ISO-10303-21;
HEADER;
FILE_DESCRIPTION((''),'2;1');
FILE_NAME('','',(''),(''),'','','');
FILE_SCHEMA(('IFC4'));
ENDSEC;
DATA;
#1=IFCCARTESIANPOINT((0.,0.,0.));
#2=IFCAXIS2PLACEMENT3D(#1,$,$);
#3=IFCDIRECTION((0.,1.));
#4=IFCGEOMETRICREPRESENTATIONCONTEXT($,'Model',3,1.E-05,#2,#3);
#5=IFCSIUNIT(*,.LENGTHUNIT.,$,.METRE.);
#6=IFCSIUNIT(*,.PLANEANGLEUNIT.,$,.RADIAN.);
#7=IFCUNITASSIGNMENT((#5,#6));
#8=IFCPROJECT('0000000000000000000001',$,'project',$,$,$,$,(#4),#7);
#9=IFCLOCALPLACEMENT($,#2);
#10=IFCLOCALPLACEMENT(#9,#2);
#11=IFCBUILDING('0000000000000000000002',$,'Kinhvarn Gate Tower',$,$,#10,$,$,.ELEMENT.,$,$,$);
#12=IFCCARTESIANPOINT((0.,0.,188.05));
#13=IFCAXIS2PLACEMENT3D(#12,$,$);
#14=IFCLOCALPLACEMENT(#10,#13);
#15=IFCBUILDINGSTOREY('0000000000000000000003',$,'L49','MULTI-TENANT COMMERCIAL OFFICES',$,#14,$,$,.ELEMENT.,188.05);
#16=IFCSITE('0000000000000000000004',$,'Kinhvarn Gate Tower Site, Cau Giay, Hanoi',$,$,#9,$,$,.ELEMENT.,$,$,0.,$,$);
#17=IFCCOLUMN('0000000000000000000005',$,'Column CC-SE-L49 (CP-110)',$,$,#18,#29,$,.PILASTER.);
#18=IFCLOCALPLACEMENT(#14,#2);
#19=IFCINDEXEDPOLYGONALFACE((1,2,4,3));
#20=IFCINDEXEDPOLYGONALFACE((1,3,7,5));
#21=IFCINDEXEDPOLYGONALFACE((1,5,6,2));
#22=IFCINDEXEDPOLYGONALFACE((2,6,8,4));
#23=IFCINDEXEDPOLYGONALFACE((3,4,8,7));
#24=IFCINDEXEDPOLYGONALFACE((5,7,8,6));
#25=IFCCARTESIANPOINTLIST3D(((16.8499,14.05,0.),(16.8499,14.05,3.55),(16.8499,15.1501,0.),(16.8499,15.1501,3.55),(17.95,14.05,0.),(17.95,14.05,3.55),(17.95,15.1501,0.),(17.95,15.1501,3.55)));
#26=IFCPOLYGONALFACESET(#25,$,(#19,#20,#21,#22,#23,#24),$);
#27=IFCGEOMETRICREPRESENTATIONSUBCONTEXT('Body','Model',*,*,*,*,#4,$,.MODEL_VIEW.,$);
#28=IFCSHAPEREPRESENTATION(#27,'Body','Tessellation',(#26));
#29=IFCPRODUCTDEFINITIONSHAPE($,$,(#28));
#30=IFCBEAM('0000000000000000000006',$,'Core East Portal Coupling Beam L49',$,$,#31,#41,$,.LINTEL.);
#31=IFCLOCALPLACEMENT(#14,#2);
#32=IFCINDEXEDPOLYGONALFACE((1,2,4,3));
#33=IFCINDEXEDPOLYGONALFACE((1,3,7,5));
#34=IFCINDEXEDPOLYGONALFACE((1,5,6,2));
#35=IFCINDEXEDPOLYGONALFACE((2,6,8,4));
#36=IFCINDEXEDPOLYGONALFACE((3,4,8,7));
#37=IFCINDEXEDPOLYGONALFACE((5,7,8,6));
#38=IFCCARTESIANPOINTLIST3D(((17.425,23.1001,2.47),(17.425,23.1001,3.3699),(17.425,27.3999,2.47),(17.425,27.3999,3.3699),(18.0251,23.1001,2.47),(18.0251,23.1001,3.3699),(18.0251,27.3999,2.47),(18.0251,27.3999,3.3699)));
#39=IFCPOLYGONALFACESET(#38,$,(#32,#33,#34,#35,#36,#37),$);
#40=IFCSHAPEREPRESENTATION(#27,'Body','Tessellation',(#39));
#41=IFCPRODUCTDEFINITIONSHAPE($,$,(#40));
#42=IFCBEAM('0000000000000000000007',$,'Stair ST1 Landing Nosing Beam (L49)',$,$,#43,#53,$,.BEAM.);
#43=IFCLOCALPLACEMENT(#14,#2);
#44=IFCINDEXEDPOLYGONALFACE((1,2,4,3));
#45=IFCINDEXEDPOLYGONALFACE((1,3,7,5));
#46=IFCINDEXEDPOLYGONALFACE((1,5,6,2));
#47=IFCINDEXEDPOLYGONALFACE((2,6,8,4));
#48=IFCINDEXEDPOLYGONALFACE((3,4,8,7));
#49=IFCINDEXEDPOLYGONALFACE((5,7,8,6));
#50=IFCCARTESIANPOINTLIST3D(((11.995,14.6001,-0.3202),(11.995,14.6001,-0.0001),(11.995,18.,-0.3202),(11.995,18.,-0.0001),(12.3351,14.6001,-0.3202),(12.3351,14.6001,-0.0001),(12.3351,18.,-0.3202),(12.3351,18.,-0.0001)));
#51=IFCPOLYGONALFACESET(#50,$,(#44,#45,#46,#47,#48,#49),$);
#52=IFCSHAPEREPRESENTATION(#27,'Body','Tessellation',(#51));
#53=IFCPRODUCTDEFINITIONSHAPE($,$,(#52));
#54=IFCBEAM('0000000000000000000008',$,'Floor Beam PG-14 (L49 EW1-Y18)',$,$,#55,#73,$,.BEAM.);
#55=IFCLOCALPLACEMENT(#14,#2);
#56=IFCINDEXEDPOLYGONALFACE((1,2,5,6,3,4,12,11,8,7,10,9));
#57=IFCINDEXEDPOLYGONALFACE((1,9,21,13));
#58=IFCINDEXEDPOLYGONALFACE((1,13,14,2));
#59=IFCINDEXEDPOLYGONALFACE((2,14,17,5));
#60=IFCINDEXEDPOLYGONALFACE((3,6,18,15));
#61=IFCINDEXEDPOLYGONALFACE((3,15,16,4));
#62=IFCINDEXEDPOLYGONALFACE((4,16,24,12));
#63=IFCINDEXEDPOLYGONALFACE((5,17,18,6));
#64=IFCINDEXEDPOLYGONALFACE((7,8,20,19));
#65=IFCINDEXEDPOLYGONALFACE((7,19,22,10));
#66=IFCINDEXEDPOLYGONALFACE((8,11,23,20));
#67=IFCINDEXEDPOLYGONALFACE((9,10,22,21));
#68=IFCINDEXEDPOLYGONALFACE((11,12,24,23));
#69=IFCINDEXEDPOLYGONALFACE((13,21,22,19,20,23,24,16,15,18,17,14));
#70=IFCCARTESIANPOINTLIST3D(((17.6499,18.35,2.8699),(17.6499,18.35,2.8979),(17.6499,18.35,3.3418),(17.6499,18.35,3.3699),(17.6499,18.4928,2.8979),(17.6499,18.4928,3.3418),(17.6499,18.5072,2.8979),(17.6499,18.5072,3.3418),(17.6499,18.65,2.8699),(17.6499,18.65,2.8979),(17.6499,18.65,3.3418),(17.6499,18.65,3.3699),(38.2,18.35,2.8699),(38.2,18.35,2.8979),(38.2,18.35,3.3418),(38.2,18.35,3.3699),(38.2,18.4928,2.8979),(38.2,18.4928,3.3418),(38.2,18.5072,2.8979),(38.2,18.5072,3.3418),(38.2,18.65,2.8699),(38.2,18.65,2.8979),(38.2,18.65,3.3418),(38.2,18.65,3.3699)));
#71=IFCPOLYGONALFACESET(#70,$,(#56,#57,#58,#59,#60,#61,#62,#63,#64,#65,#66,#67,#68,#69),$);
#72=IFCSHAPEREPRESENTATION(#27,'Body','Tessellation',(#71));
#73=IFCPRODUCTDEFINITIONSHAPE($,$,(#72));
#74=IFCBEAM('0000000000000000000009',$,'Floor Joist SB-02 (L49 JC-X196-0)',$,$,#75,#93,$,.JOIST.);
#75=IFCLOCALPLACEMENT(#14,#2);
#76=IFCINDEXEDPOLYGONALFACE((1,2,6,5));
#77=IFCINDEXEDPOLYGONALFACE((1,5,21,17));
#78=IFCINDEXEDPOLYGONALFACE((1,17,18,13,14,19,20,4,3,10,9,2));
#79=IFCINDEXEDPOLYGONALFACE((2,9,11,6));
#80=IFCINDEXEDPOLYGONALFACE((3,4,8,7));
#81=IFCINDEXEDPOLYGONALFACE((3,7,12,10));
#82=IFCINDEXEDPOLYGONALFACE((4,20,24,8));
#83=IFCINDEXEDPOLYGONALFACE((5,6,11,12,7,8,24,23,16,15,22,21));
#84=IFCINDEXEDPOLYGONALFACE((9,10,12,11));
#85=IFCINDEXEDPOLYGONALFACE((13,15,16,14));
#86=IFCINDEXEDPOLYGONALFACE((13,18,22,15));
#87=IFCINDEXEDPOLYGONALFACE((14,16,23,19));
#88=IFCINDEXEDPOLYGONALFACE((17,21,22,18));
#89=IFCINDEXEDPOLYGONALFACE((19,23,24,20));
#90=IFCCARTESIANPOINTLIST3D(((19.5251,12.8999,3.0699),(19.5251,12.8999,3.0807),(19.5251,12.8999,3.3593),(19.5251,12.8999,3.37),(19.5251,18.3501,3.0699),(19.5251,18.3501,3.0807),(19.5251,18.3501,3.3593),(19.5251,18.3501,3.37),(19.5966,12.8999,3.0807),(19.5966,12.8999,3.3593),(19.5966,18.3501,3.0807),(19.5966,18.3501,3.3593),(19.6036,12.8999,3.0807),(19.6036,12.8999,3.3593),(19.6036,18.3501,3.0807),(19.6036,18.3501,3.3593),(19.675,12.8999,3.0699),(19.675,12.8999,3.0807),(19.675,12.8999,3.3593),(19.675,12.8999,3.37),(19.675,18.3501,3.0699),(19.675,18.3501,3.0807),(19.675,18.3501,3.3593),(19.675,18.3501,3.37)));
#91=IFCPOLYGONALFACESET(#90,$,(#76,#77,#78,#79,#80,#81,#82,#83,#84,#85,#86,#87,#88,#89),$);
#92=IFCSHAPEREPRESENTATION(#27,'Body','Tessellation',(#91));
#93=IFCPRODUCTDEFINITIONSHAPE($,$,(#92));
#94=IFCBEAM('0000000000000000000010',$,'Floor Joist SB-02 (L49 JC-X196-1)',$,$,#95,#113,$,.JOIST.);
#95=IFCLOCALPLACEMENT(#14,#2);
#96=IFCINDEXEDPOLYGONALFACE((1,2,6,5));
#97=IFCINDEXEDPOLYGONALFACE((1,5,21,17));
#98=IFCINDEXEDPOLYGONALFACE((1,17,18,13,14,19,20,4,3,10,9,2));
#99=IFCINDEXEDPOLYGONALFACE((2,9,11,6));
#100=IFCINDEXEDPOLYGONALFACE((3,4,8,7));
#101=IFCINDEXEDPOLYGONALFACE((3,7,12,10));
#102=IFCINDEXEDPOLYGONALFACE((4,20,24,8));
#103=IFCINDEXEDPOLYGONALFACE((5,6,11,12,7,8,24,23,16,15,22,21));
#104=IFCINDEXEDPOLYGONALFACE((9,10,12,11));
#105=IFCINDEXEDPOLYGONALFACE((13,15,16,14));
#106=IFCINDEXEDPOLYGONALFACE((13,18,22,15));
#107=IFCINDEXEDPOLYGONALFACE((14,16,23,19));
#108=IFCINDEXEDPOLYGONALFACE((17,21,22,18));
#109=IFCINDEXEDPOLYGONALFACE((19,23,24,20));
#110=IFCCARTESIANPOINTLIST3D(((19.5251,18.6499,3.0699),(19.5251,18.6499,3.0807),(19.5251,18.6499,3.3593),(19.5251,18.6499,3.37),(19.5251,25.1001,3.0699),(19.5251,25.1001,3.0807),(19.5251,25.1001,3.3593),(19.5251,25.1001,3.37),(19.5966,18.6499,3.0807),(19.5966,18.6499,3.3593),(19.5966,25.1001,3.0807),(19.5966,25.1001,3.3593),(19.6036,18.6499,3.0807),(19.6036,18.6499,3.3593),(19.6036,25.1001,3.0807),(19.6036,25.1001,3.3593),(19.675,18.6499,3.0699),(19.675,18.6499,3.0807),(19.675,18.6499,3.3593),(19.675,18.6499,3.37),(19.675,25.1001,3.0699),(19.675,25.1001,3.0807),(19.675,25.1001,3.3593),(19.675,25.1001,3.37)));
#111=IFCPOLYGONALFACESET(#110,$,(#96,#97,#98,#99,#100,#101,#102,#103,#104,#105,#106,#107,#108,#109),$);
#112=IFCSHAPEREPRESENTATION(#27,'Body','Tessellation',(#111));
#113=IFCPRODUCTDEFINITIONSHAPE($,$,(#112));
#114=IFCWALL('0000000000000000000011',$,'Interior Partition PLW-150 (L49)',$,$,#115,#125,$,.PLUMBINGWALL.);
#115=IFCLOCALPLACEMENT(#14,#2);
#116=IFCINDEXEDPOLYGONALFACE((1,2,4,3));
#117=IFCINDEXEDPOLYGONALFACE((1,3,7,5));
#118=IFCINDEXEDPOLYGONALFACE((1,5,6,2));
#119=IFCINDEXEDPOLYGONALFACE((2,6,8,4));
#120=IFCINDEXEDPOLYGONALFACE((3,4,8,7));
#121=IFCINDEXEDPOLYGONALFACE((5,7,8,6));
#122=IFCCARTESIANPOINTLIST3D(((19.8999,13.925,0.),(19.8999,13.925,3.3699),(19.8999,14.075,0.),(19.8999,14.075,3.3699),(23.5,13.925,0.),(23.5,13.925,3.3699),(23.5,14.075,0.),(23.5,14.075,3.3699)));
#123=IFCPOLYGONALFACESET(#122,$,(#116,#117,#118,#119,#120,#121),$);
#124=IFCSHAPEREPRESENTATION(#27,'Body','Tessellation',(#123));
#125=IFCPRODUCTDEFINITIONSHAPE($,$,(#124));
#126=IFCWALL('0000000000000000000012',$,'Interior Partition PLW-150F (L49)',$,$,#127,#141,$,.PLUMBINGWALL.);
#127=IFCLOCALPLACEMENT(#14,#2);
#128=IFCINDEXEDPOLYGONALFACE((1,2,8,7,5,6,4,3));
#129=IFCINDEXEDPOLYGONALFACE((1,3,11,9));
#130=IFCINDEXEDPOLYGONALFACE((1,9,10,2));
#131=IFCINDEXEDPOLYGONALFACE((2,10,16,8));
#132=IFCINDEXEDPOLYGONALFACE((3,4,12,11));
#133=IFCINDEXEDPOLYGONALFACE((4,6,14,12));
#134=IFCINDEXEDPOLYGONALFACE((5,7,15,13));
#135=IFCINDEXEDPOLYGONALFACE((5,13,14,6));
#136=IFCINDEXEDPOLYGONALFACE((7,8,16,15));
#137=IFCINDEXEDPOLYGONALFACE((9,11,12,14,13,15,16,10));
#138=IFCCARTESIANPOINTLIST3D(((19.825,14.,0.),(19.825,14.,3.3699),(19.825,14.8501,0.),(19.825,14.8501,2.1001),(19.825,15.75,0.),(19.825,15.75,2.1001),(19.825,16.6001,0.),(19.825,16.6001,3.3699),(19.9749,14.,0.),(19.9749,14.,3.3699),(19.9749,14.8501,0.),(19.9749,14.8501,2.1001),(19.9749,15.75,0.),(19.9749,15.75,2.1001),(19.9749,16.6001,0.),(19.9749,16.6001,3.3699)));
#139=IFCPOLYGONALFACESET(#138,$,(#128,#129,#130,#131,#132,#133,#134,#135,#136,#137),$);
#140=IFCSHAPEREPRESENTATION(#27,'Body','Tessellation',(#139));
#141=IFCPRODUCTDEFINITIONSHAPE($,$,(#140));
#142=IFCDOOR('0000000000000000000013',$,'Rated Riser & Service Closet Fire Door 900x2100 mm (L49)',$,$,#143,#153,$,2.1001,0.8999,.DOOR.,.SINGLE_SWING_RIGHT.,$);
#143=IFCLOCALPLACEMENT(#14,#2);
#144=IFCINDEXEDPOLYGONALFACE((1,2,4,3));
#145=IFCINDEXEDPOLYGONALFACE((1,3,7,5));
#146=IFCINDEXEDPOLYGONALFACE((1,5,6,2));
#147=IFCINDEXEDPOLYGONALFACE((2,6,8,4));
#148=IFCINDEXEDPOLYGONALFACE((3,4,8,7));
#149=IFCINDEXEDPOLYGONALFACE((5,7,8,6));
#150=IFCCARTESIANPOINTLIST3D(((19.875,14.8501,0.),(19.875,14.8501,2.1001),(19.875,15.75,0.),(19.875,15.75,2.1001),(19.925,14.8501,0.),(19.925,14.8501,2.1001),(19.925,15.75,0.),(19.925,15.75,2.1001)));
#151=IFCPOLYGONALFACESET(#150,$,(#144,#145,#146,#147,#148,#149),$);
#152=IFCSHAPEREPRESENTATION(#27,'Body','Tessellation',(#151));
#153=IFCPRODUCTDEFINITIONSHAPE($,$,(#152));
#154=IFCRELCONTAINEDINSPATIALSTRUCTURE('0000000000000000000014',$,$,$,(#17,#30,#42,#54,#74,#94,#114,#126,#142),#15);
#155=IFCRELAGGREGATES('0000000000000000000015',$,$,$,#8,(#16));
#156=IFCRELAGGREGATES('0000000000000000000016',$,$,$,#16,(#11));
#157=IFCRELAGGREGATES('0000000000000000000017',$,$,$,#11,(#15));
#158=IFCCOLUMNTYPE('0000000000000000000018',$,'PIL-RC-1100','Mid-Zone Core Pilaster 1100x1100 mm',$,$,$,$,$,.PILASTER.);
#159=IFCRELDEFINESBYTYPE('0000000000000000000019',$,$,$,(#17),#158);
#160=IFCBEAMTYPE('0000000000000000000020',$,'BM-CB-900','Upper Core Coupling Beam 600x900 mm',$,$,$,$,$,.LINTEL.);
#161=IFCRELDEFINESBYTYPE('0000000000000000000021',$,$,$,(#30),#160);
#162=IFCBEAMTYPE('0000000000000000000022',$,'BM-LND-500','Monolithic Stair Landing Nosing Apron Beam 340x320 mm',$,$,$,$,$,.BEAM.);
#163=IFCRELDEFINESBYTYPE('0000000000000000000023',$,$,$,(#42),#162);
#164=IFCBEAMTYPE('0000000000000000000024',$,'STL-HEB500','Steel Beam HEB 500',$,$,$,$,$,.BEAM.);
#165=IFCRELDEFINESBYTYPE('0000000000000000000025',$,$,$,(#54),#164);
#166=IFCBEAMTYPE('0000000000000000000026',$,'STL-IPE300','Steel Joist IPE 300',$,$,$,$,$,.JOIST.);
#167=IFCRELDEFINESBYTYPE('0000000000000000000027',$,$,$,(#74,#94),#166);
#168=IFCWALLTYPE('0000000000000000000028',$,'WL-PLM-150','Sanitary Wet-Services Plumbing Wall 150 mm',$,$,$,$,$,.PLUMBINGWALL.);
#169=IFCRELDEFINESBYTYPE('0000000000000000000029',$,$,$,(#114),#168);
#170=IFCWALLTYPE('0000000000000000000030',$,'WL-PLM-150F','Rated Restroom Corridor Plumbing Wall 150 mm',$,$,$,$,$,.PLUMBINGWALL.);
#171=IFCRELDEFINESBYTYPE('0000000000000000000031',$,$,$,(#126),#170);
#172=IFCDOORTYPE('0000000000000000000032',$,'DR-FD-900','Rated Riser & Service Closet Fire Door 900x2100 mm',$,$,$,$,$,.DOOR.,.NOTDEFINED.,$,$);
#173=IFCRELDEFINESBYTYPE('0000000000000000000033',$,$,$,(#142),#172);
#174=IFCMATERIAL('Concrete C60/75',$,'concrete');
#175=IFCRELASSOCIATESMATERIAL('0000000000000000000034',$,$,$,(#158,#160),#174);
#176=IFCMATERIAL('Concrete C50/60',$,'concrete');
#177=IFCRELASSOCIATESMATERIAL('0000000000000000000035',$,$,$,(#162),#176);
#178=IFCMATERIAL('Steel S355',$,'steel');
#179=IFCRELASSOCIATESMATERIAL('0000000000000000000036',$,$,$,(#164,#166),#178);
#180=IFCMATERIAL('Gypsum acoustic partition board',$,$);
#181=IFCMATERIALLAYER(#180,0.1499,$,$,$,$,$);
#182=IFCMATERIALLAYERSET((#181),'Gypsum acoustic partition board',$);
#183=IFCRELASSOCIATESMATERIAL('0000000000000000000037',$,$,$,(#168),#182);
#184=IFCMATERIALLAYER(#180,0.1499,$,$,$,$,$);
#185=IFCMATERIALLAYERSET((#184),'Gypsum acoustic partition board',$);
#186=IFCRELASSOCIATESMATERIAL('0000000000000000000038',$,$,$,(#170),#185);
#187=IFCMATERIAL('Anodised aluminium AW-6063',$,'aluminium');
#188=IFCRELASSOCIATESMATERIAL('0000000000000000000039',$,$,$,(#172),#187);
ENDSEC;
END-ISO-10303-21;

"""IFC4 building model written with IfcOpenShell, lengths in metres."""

from ifc_helpers import new_model, si_unit, direction, frame, frame_2d, origin, origin_2d, place, context, subcontext, project, spatial, rectangle, i_section, extrude, material, layer, layer_set, material_profile, profile_set, type_object, element, fill, save


model = new_model("IFC4")

# Units and contexts
model_context = context("Model", 3, precision=1e-05, world=origin(), true_north=direction((0.0, 1.0)))
body_context = subcontext(model_context, "Body", "Model", "MODEL_VIEW")
ifc_project = project(units=[si_unit("LENGTHUNIT", "METRE"), si_unit("PLANEANGLEUNIT", "RADIAN")], contexts=[model_context])

# Site, building, storey
site_placement = place(None, origin())
site = spatial("IfcSite", under=ifc_project, at=site_placement, Name="Kinhvarn Gate Tower Site, Cau Giay, Hanoi", CompositionType="ELEMENT", RefElevation=0.0)
building_placement = place(site_placement, origin())
building = spatial("IfcBuilding", under=site, at=building_placement, Name="Kinhvarn Gate Tower", CompositionType="ELEMENT")
storey_placement = place(building_placement, frame((0.0, 0.0, 188.05)))
storey = spatial("IfcBuildingStorey", under=building, at=storey_placement, Name="L49", Description="MULTI-TENANT COMMERCIAL OFFICES", CompositionType="ELEMENT", Elevation=188.05)

# Column
ifc_material_1 = material(Name="Concrete C60/75", Category="concrete")
ifc_material_profile_1 = material_profile(ifc_material_1, rectangle(XDim=1.1001, YDim=1.1001, at=origin_2d()), Name="RC 1100x1100")
ifc_profile_set_1 = profile_set([ifc_material_profile_1], Name="Concrete C60/75")
column_type = type_object("IfcColumnType", Name="PIL-RC-1100", Description="Mid-Zone Core Pilaster 1100x1100 mm", PredefinedType="PILASTER", material=ifc_profile_set_1)
column_placement = place(storey_placement, frame((17.3999, 14.6001, 0.0), z_axis=(0.0, 0.0, 1.0), x_axis=(1.0, 0.0, 0.0)))
element("IfcColumn", 1, at=column_placement, inside=storey, type_object=column_type, Name="Column CC-SE-L49 (CP-110)", PredefinedType="PILASTER", context=body_context, shape_type="SweptSolid", body=[
    extrude(rectangle(XDim=1.1001, YDim=1.1001, at=origin_2d()), origin(), (0.0, 0.0, 1.0), 3.55),
])

# Beams
ifc_material_profile_2 = material_profile(ifc_material_1, rectangle(XDim=0.6001, YDim=0.8999, at=origin_2d()), Name="RC 600x900")
ifc_profile_set_2 = profile_set([ifc_material_profile_2], Name="Concrete C60/75")
beam_type_1 = type_object("IfcBeamType", Name="BM-CB-900", Description="Upper Core Coupling Beam 600x900 mm", PredefinedType="LINTEL", material=ifc_profile_set_2)
beam_1_placement = place(storey_placement, frame((17.7251, 23.1001, 2.9199), z_axis=(0.0, 1.0, 0.0), x_axis=(-1.0, 0.0, 0.0)))
element("IfcBeam", 2, at=beam_1_placement, inside=storey, type_object=beam_type_1, Name="Core East Portal Coupling Beam L49", PredefinedType="LINTEL", context=body_context, shape_type="SweptSolid", body=[
    extrude(rectangle(XDim=0.6001, YDim=0.8999, at=origin_2d()), origin(), (0.0, 0.0, 1.0), 4.2998),
])
ifc_material_2 = material(Name="Concrete C50/60", Category="concrete")
ifc_material_profile_3 = material_profile(ifc_material_2, rectangle(XDim=0.3401, YDim=0.3201, at=origin_2d()), Name="RC 340x320")
ifc_profile_set_3 = profile_set([ifc_material_profile_3], Name="Concrete C50/60")
beam_type_2 = type_object("IfcBeamType", Name="BM-LND-500", Description="Monolithic Stair Landing Nosing Apron Beam 340x320 mm", PredefinedType="BEAM", material=ifc_profile_set_3)
beam_2_placement = place(storey_placement, frame((12.165, 14.6001, -0.1602), z_axis=(0.0, 1.0, 0.0), x_axis=(-1.0, 0.0, 0.0)))
element("IfcBeam", 3, at=beam_2_placement, inside=storey, type_object=beam_type_2, Name="Stair ST1 Landing Nosing Beam (L49)", PredefinedType="BEAM", context=body_context, shape_type="SweptSolid", body=[
    extrude(rectangle(XDim=0.3401, YDim=0.3201, at=origin_2d()), origin(), (0.0, 0.0, 1.0), 3.3999),
])
ifc_material_3 = material(Name="Steel S355", Category="steel")
ifc_material_profile_4 = material_profile(ifc_material_3, i_section(OverallWidth=0.3, OverallDepth=0.5, WebThickness=0.0144, FlangeThickness=0.0281, at=origin_2d()), Name="HEB 500")
ifc_profile_set_4 = profile_set([ifc_material_profile_4], Name="Steel S355")
beam_type_3 = type_object("IfcBeamType", Name="STL-HEB500", Description="Steel Beam HEB 500", PredefinedType="BEAM", material=ifc_profile_set_4)
beam_3_placement = place(storey_placement, frame((17.6499, 18.5, 3.1199), z_axis=(1.0, 0.0, 0.0), x_axis=(0.0, 1.0, 0.0)))
element("IfcBeam", 4, at=beam_3_placement, inside=storey, type_object=beam_type_3, Name="Floor Beam PG-14 (L49 EW1-Y18)", PredefinedType="BEAM", context=body_context, shape_type="SweptSolid", body=[
    extrude(i_section(OverallWidth=0.3, OverallDepth=0.5, WebThickness=0.0144, FlangeThickness=0.0281, at=origin_2d()), origin(), (0.0, 0.0, 1.0), 20.55),
])
ifc_material_profile_5 = material_profile(ifc_material_3, i_section(OverallWidth=0.1499, OverallDepth=0.3, WebThickness=0.0071, FlangeThickness=0.0107, at=origin_2d()), Name="IPE 300")
ifc_profile_set_5 = profile_set([ifc_material_profile_5], Name="Steel S355")
beam_type_4 = type_object("IfcBeamType", Name="STL-IPE300", Description="Steel Joist IPE 300", PredefinedType="JOIST", material=ifc_profile_set_5)
beam_4_placement = place(storey_placement, frame((19.6001, 12.8999, 3.22), z_axis=(0.0, 1.0, 0.0), x_axis=(-1.0, 0.0, 0.0)))
element("IfcBeam", 5, at=beam_4_placement, inside=storey, type_object=beam_type_4, Name="Floor Joist SB-02 (L49 JC-X196-0)", PredefinedType="JOIST", context=body_context, shape_type="SweptSolid", body=[
    extrude(i_section(OverallWidth=0.1499, OverallDepth=0.3, WebThickness=0.0071, FlangeThickness=0.0107, at=origin_2d()), origin(), (0.0, 0.0, 1.0), 5.4502),
])
beam_5_placement = place(storey_placement, frame((19.6001, 18.6499, 3.22), z_axis=(0.0, 1.0, 0.0), x_axis=(-1.0, 0.0, 0.0)))
element("IfcBeam", 6, at=beam_5_placement, inside=storey, type_object=beam_type_4, Name="Floor Joist SB-02 (L49 JC-X196-1)", PredefinedType="JOIST", context=body_context, shape_type="SweptSolid", body=[
    extrude(i_section(OverallWidth=0.1499, OverallDepth=0.3, WebThickness=0.0071, FlangeThickness=0.0107, at=origin_2d()), origin(), (0.0, 0.0, 1.0), 6.4502),
])

# Shared definitions
ifc_material_4 = material(Name="Anodised aluminium AW-6063", Category="aluminium")

# Wall
ifc_material_5 = material(Name="Gypsum acoustic partition board")
ifc_layer_1 = layer(ifc_material_5, 0.1499)
ifc_layer_set_1 = layer_set([ifc_layer_1], Name="Gypsum acoustic partition board")
wall_type_1 = type_object("IfcWallType", Name="WL-PLM-150", Description="Sanitary Wet-Services Plumbing Wall 150 mm", PredefinedType="PLUMBINGWALL", material=ifc_layer_set_1)
wall_1_placement = place(storey_placement, frame((19.8999, 14.0, 0.0), z_axis=(0.0, 0.0, 1.0), x_axis=(1.0, 0.0, 0.0)))
element("IfcWall", 7, at=wall_1_placement, inside=storey, type_object=wall_type_1, Name="Interior Partition PLW-150 (L49)", PredefinedType="PLUMBINGWALL", context=body_context, shape_type="SweptSolid", body=[
    extrude(rectangle(XDim=3.6001, YDim=0.1499, at=frame_2d((1.8, 0.0))), origin(), (0.0, 0.0, 1.0), 3.3699),
])

# Wall, opening, door
ifc_layer_2 = layer(ifc_material_5, 0.1499)
ifc_layer_set_2 = layer_set([ifc_layer_2], Name="Gypsum acoustic partition board")
wall_type_2 = type_object("IfcWallType", Name="WL-PLM-150F", Description="Rated Restroom Corridor Plumbing Wall 150 mm", PredefinedType="PLUMBINGWALL", material=ifc_layer_set_2)
wall_2_placement = place(storey_placement, frame((19.8999, 14.0, 0.0), z_axis=(0.0, 0.0, 1.0), x_axis=(0.0, 1.0, 0.0)))
wall_2 = element("IfcWall", 8, at=wall_2_placement, inside=storey, type_object=wall_type_2, Name="Interior Partition PLW-150F (L49)", PredefinedType="PLUMBINGWALL", context=body_context, shape_type="SweptSolid", body=[
    extrude(rectangle(XDim=2.6001, YDim=0.1499, at=frame_2d((1.3, 0.0))), origin(), (0.0, 0.0, 1.0), 3.3699),
])
opening_1_placement = place(wall_2_placement, frame((0.8501, 0.0, 0.0)))
opening_1 = element("IfcOpeningElement", 9, at=opening_1_placement, cuts=wall_2, PredefinedType="OPENING", context=body_context, shape_type="SweptSolid", body=[
    extrude(rectangle(XDim=0.8999, YDim=2.1001, at=frame_2d((0.45, 1.05))), frame((0.0, 0.085, 0.0), z_axis=(0.0, -1.0, 0.0), x_axis=(1.0, 0.0, 0.0)), (0.0, 0.0, 1.0), 0.1699),
])
door_type_1 = type_object("IfcDoorType", Name="DR-FD-900", Description="Rated Riser & Service Closet Fire Door 900x2100 mm", OperationType="NOTDEFINED", PredefinedType="DOOR", material=ifc_material_4)
door_1_placement = place(opening_1_placement, origin())
door_1 = element("IfcDoor", 10, at=door_1_placement, inside=storey, type_object=door_type_1, Name="Rated Riser & Service Closet Fire Door 900x2100 mm (L49)", OperationType="SINGLE_SWING_RIGHT", OverallHeight=2.1001, OverallWidth=0.8999, PredefinedType="DOOR", context=body_context, shape_type="SweptSolid", body=[
    extrude(rectangle(XDim=0.8999, YDim=2.1001, at=frame_2d((0.45, 1.05))), frame((0.0, 0.0249, 0.0), z_axis=(0.0, -1.0, 0.0), x_axis=(1.0, 0.0, 0.0)), (0.0, 0.0, 1.0), 0.05),
])
fill(opening_1, door_1)

save(model, "model.ifc")
